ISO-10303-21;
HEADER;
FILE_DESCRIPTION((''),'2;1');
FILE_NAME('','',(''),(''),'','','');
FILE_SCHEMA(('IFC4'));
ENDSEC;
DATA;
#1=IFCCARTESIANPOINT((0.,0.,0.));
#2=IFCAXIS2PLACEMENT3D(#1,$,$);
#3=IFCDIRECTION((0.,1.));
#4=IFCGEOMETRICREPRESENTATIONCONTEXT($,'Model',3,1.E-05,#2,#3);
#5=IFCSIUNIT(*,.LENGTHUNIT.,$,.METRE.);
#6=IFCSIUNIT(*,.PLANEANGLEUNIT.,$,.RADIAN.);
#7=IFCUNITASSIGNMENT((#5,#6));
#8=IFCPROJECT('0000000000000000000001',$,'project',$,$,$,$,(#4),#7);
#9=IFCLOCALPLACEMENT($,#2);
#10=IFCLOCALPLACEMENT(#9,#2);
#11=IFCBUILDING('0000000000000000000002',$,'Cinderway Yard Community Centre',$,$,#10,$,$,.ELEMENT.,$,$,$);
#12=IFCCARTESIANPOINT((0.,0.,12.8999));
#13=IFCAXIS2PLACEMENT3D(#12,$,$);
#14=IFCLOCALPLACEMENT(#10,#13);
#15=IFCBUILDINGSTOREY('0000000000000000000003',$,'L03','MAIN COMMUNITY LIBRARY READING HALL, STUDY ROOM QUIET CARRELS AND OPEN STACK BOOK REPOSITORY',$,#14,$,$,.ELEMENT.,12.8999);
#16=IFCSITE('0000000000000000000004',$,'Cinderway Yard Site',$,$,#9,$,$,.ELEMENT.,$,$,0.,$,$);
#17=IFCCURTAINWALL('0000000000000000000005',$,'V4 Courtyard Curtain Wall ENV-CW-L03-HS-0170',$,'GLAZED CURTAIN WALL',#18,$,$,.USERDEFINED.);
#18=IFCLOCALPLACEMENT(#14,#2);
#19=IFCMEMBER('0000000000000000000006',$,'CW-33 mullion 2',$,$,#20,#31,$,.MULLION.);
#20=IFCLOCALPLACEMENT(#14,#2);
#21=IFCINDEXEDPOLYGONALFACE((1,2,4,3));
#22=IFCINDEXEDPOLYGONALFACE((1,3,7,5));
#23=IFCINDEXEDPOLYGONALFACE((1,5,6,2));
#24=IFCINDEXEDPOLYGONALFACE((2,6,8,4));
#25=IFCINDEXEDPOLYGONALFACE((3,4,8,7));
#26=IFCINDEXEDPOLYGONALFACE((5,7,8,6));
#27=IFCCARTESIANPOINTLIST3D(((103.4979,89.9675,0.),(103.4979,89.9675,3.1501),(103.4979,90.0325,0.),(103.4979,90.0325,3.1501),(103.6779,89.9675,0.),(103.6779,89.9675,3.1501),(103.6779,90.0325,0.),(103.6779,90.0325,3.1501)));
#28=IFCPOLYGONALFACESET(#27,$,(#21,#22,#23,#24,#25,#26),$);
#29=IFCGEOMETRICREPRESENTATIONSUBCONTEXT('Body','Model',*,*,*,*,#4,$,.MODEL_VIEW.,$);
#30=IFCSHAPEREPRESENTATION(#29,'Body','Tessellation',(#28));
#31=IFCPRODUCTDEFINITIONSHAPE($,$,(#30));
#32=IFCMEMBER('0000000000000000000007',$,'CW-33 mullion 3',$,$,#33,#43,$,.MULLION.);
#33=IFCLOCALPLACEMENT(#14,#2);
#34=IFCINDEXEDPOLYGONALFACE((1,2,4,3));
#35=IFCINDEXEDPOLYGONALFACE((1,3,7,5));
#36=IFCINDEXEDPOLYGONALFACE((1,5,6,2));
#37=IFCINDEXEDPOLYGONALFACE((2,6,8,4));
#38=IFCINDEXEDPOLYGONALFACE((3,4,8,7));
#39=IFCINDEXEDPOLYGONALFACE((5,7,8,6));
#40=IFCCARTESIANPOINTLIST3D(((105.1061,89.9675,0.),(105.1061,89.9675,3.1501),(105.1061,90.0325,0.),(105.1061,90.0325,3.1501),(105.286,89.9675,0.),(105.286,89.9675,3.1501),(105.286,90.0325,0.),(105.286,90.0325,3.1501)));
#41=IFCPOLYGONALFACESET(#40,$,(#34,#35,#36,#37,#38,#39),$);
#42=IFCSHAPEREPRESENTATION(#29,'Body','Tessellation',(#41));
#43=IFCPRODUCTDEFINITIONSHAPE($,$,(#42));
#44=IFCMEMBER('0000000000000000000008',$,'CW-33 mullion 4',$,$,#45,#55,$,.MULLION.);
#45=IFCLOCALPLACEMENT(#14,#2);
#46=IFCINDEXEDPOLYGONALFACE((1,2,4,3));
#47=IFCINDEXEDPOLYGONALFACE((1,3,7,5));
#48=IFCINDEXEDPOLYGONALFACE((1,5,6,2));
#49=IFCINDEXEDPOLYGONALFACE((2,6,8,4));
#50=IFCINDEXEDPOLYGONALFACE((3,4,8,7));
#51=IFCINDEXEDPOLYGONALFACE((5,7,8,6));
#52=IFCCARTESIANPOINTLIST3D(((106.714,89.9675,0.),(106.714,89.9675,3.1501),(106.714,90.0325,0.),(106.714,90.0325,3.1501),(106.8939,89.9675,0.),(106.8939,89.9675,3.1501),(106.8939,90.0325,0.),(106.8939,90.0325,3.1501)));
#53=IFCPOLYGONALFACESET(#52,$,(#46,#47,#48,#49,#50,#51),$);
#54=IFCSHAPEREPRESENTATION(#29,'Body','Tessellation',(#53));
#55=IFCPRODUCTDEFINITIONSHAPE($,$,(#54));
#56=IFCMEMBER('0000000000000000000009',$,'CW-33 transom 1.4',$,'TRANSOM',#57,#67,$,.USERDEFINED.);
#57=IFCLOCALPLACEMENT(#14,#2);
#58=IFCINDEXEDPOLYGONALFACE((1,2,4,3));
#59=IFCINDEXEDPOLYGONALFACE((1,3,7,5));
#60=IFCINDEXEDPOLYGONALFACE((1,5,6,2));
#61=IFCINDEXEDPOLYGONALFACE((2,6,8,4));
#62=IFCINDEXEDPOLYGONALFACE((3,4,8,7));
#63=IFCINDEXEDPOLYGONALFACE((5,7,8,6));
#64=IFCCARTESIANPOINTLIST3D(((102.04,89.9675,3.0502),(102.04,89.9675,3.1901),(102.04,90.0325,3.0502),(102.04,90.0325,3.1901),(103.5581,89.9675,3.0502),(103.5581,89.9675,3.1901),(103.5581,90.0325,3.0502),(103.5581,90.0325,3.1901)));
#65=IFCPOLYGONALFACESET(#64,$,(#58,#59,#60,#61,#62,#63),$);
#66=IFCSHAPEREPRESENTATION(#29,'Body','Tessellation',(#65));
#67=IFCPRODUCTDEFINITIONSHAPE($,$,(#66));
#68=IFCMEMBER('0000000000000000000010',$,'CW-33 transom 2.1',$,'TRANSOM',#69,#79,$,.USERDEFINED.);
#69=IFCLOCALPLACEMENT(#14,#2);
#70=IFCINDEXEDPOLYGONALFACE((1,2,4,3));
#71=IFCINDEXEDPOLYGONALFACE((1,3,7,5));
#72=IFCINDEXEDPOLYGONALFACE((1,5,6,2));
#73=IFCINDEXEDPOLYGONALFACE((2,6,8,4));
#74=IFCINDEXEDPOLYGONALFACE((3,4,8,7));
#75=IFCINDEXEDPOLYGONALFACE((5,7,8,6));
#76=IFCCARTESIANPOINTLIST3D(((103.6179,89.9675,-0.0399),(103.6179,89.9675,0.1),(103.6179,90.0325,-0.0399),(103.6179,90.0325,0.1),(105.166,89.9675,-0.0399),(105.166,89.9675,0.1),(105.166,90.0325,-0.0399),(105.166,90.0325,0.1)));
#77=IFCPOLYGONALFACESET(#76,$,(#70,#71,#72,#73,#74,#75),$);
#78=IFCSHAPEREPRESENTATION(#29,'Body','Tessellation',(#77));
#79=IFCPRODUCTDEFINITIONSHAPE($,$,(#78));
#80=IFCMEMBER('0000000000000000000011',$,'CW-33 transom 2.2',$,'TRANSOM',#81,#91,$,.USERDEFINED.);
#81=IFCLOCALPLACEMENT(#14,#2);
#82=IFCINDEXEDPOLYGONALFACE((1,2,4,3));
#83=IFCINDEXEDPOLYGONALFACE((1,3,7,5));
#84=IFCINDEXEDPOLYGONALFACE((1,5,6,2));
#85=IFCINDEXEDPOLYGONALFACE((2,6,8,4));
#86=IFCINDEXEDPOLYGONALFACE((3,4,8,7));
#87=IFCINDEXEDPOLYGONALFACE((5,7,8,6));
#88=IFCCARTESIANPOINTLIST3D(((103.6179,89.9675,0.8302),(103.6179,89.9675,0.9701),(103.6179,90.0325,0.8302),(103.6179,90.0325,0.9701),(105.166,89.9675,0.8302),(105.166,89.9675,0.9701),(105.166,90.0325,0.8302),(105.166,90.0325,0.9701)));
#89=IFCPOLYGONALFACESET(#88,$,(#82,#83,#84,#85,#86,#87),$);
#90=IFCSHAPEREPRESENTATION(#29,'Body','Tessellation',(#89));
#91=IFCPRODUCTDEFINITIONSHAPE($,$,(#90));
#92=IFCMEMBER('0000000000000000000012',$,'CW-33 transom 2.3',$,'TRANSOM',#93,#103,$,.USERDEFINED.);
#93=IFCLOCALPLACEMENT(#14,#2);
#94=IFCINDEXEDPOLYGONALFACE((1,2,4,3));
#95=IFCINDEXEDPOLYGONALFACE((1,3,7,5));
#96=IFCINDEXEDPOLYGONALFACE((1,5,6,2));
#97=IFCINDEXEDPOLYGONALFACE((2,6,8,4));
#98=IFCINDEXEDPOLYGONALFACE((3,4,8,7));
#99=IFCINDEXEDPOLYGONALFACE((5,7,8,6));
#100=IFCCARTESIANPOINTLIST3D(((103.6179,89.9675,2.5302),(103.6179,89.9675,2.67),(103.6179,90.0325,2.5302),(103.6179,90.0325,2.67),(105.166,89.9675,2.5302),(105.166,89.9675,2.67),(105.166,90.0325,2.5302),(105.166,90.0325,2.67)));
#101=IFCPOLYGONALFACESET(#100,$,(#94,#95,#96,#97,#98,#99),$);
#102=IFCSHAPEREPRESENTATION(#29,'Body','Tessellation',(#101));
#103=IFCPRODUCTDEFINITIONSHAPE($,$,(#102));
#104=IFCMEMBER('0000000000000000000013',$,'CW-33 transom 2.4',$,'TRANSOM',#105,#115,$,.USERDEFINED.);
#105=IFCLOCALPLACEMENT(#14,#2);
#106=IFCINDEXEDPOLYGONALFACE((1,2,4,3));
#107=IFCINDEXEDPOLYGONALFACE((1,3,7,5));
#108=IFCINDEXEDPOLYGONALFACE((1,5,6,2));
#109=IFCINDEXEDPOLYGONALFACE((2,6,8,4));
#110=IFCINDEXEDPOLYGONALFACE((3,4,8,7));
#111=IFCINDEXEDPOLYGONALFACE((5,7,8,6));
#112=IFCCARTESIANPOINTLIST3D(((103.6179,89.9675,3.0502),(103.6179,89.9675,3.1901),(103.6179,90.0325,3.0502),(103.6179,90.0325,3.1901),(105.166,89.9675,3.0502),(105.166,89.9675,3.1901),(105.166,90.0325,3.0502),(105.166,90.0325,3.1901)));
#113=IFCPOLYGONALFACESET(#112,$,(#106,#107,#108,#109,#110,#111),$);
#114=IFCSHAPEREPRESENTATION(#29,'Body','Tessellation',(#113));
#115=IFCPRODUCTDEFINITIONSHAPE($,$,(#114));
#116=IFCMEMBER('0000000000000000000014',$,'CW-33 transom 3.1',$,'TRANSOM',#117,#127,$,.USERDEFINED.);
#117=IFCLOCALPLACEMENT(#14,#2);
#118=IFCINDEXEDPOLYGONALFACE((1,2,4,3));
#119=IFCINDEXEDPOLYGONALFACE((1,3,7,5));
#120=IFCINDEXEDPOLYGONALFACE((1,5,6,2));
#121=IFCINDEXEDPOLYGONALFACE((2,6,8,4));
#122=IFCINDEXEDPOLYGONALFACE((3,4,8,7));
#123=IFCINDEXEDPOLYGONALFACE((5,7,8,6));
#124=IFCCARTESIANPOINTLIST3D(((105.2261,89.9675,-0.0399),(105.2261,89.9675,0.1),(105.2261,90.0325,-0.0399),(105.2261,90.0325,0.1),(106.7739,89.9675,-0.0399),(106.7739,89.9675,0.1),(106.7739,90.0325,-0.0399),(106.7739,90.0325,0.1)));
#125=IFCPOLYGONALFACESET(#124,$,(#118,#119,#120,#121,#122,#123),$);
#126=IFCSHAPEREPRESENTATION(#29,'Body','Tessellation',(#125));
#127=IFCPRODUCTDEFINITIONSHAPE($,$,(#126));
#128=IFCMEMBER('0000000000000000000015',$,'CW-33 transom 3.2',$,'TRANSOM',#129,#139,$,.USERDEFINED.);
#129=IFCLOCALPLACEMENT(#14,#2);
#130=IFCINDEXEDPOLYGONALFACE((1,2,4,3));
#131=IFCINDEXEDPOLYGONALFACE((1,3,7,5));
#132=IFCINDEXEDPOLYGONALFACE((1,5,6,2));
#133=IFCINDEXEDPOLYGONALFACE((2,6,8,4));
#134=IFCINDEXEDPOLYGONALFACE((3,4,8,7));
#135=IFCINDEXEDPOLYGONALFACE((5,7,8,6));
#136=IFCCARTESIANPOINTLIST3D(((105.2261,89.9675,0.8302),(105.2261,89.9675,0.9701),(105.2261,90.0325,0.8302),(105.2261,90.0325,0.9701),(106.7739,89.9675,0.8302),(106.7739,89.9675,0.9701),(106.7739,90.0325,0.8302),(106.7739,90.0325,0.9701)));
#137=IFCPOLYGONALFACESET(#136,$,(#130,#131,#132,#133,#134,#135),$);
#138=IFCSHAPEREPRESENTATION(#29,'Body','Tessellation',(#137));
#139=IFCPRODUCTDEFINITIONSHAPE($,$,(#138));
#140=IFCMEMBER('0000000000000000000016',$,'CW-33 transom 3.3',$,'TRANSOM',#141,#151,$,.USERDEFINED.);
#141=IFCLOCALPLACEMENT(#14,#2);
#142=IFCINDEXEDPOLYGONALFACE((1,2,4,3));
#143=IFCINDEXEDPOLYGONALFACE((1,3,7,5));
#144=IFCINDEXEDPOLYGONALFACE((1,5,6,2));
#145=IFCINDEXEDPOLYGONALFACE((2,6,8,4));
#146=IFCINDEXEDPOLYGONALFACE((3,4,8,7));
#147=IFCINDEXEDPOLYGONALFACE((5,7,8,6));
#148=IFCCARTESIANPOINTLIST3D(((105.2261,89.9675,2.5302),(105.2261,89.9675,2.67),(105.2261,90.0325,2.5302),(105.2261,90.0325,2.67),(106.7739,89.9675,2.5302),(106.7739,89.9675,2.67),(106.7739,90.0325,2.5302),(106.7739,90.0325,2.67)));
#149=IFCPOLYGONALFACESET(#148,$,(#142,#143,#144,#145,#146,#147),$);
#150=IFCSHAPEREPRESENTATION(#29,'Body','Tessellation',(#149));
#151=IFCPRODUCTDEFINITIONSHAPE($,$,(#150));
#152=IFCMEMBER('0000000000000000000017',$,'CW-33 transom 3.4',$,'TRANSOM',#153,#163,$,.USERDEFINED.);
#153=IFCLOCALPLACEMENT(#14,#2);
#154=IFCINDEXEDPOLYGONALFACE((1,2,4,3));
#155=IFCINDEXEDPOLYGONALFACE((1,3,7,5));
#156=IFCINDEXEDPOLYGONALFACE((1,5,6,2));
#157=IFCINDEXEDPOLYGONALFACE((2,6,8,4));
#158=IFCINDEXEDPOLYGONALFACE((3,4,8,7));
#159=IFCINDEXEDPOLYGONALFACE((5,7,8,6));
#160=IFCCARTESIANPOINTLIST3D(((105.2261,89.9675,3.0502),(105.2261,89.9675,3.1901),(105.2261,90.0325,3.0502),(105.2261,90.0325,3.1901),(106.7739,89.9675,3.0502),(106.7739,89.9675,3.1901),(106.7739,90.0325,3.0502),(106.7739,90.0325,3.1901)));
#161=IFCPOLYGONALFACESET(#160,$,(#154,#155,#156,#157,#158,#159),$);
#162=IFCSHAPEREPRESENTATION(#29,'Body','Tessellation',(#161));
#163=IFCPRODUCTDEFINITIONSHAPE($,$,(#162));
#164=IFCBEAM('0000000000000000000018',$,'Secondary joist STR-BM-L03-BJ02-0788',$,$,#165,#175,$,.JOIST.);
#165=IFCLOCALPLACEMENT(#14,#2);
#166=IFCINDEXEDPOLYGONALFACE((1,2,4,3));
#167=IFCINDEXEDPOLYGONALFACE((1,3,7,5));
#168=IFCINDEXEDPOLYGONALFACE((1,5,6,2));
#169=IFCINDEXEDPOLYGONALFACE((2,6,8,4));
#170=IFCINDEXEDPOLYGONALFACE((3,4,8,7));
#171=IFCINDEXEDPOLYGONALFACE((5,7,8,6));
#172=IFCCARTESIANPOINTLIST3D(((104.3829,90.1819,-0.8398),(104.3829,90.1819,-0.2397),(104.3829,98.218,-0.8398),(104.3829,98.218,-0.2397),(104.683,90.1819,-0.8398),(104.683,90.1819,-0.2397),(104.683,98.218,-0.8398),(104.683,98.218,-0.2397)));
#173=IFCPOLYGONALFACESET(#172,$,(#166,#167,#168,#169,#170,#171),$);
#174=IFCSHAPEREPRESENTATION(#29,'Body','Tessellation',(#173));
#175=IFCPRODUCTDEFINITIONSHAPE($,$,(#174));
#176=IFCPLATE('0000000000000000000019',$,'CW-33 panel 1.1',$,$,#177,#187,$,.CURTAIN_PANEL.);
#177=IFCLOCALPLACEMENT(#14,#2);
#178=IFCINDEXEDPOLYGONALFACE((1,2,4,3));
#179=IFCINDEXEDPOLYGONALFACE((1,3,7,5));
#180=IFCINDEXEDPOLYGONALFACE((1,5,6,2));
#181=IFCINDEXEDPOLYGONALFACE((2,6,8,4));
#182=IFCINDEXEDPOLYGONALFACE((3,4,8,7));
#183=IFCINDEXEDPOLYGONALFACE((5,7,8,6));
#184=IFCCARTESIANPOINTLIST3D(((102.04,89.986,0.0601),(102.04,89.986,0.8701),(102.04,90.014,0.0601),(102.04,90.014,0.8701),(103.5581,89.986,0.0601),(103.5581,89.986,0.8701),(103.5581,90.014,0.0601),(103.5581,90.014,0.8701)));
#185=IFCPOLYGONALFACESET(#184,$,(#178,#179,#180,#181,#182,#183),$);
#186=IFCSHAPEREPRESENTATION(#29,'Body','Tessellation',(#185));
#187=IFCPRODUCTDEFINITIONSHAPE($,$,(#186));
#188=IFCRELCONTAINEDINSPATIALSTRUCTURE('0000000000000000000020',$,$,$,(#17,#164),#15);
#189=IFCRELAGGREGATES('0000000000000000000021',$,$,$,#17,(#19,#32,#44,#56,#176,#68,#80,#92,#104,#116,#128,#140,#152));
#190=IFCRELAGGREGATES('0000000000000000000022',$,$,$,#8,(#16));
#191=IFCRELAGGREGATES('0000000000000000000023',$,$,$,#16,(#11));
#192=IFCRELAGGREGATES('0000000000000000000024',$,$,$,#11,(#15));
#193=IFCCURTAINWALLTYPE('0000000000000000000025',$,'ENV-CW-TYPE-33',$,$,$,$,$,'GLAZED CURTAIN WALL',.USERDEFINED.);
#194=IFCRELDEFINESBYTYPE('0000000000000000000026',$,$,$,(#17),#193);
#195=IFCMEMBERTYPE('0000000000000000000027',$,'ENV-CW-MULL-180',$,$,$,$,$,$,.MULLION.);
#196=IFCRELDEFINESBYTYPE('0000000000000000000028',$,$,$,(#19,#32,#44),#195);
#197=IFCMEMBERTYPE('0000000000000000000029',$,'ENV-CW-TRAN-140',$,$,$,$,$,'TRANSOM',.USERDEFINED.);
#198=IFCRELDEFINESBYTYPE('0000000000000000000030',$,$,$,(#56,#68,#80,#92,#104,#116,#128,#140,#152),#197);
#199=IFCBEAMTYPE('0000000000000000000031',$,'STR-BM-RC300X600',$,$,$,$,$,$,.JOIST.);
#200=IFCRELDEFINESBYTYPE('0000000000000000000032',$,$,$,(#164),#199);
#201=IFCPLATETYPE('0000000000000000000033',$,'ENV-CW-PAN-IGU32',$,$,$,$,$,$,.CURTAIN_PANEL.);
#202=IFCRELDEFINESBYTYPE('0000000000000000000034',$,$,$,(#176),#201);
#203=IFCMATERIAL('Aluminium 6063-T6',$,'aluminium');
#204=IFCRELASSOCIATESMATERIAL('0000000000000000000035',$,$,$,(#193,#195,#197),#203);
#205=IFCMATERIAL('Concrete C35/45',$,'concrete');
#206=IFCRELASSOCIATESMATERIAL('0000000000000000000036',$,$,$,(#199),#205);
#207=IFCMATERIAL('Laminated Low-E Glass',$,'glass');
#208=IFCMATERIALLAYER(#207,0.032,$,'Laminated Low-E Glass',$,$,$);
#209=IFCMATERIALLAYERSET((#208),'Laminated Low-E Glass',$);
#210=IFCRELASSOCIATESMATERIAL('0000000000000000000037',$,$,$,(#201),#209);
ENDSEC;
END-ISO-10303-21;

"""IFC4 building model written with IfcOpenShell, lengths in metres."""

from ifc_helpers import new_model, si_unit, direction, frame, origin, origin_2d, place, context, subcontext, project, spatial, rectangle, extrude, material, layer, layer_set, material_profile, profile_set, type_object, element, aggregate, save


model = new_model("IFC4")

# Units and contexts
model_context = context("Model", 3, precision=1e-05, world=origin(), true_north=direction((0.0, 1.0)))
body_context = subcontext(model_context, "Body", "Model", "MODEL_VIEW")
ifc_project = project(units=[si_unit("LENGTHUNIT", "METRE"), si_unit("PLANEANGLEUNIT", "RADIAN")], contexts=[model_context])

# Site, building, storey
site_placement = place(None, origin())
site = spatial("IfcSite", under=ifc_project, at=site_placement, Name="Cinderway Yard Site", CompositionType="ELEMENT", RefElevation=0.0)
building_placement = place(site_placement, origin())
building = spatial("IfcBuilding", under=site, at=building_placement, Name="Cinderway Yard Community Centre", CompositionType="ELEMENT")
storey_placement = place(building_placement, frame((0.0, 0.0, 12.8999)))
storey = spatial("IfcBuildingStorey", under=building, at=storey_placement, Name="L03", Description="MAIN COMMUNITY LIBRARY READING HALL, STUDY ROOM QUIET CARRELS AND OPEN STACK BOOK REPOSITORY", CompositionType="ELEMENT", Elevation=12.8999)

# Curtain wall, members
ifc_material_1 = material(Name="Aluminium 6063-T6", Category="aluminium")
curtain_wall_type = type_object("IfcCurtainWallType", Name="ENV-CW-TYPE-33", ElementType="GLAZED CURTAIN WALL", PredefinedType="USERDEFINED", material=ifc_material_1)
curtain_wall_placement = place(storey_placement, origin())
curtain_wall = element("IfcCurtainWall", 1, at=curtain_wall_placement, inside=storey, type_object=curtain_wall_type, Name="V4 Courtyard Curtain Wall ENV-CW-L03-HS-0170", ObjectType="GLAZED CURTAIN WALL", PredefinedType="USERDEFINED")
ifc_material_profile_1 = material_profile(ifc_material_1, rectangle(XDim=0.0649, YDim=0.1799, at=origin_2d()), Name="Aluminium 6063-T6")
ifc_profile_set_1 = profile_set([ifc_material_profile_1], Name="Aluminium 6063-T6")
member_type_1 = type_object("IfcMemberType", Name="ENV-CW-MULL-180", PredefinedType="MULLION", material=ifc_profile_set_1)
member_1_placement = place(storey_placement, frame((103.5879, 90.0, 0.0), z_axis=(0.0, 0.0, 1.0), x_axis=(0.0, 1.0, 0.0)))
member_1 = element("IfcMember", 2, at=member_1_placement, type_object=member_type_1, Name="CW-33 mullion 2", PredefinedType="MULLION", context=body_context, shape_type="SweptSolid", body=[
    extrude(rectangle(XDim=0.0649, YDim=0.1799, at=origin_2d()), origin(), (0.0, 0.0, 1.0), 3.1501),
])
member_2_placement = place(storey_placement, frame((105.196, 90.0, 0.0), z_axis=(0.0, 0.0, 1.0), x_axis=(0.0, 1.0, 0.0)))
member_2 = element("IfcMember", 3, at=member_2_placement, type_object=member_type_1, Name="CW-33 mullion 3", PredefinedType="MULLION", context=body_context, shape_type="SweptSolid", body=[
    extrude(rectangle(XDim=0.0649, YDim=0.1799, at=origin_2d()), origin(), (0.0, 0.0, 1.0), 3.1501),
])
member_3_placement = place(storey_placement, frame((106.804, 90.0, 0.0), z_axis=(0.0, 0.0, 1.0), x_axis=(0.0, 1.0, 0.0)))
member_3 = element("IfcMember", 4, at=member_3_placement, type_object=member_type_1, Name="CW-33 mullion 4", PredefinedType="MULLION", context=body_context, shape_type="SweptSolid", body=[
    extrude(rectangle(XDim=0.0649, YDim=0.1799, at=origin_2d()), origin(), (0.0, 0.0, 1.0), 3.1501),
])
ifc_material_profile_2 = material_profile(ifc_material_1, rectangle(XDim=0.0649, YDim=0.1399, at=origin_2d()), Name="Aluminium 6063-T6")
ifc_profile_set_2 = profile_set([ifc_material_profile_2], Name="Aluminium 6063-T6")
member_type_2 = type_object("IfcMemberType", Name="ENV-CW-TRAN-140", ElementType="TRANSOM", PredefinedType="USERDEFINED", material=ifc_profile_set_2)
member_4_placement = place(storey_placement, frame((102.04, 90.0, 3.1201), z_axis=(1.0, 0.0, 0.0), x_axis=(0.0, 1.0, 0.0)))
member_4 = element("IfcMember", 5, at=member_4_placement, type_object=member_type_2, Name="CW-33 transom 1.4", ObjectType="TRANSOM", PredefinedType="USERDEFINED", context=body_context, shape_type="SweptSolid", body=[
    extrude(rectangle(XDim=0.0649, YDim=0.1399, at=origin_2d()), origin(), (0.0, 0.0, 1.0), 1.5181),
])
member_5_placement = place(storey_placement, frame((103.6179, 90.0, 0.03), z_axis=(1.0, 0.0, 0.0), x_axis=(0.0, 1.0, 0.0)))
member_5 = element("IfcMember", 6, at=member_5_placement, type_object=member_type_2, Name="CW-33 transom 2.1", ObjectType="TRANSOM", PredefinedType="USERDEFINED", context=body_context, shape_type="SweptSolid", body=[
    extrude(rectangle(XDim=0.0649, YDim=0.1399, at=origin_2d()), origin(), (0.0, 0.0, 1.0), 1.5481),
])
member_6_placement = place(storey_placement, frame((103.6179, 90.0, 0.9001), z_axis=(1.0, 0.0, 0.0), x_axis=(0.0, 1.0, 0.0)))
member_6 = element("IfcMember", 7, at=member_6_placement, type_object=member_type_2, Name="CW-33 transom 2.2", ObjectType="TRANSOM", PredefinedType="USERDEFINED", context=body_context, shape_type="SweptSolid", body=[
    extrude(rectangle(XDim=0.0649, YDim=0.1399, at=origin_2d()), origin(), (0.0, 0.0, 1.0), 1.5481),
])
member_7_placement = place(storey_placement, frame((103.6179, 90.0, 2.6001), z_axis=(1.0, 0.0, 0.0), x_axis=(0.0, 1.0, 0.0)))
member_7 = element("IfcMember", 8, at=member_7_placement, type_object=member_type_2, Name="CW-33 transom 2.3", ObjectType="TRANSOM", PredefinedType="USERDEFINED", context=body_context, shape_type="SweptSolid", body=[
    extrude(rectangle(XDim=0.0649, YDim=0.1399, at=origin_2d()), origin(), (0.0, 0.0, 1.0), 1.5481),
])
member_8_placement = place(storey_placement, frame((103.6179, 90.0, 3.1201), z_axis=(1.0, 0.0, 0.0), x_axis=(0.0, 1.0, 0.0)))
member_8 = element("IfcMember", 9, at=member_8_placement, type_object=member_type_2, Name="CW-33 transom 2.4", ObjectType="TRANSOM", PredefinedType="USERDEFINED", context=body_context, shape_type="SweptSolid", body=[
    extrude(rectangle(XDim=0.0649, YDim=0.1399, at=origin_2d()), origin(), (0.0, 0.0, 1.0), 1.5481),
])
member_9_placement = place(storey_placement, frame((105.2261, 90.0, 0.03), z_axis=(1.0, 0.0, 0.0), x_axis=(0.0, 1.0, 0.0)))
member_9 = element("IfcMember", 10, at=member_9_placement, type_object=member_type_2, Name="CW-33 transom 3.1", ObjectType="TRANSOM", PredefinedType="USERDEFINED", context=body_context, shape_type="SweptSolid", body=[
    extrude(rectangle(XDim=0.0649, YDim=0.1399, at=origin_2d()), origin(), (0.0, 0.0, 1.0), 1.5479),
])
member_10_placement = place(storey_placement, frame((105.2261, 90.0, 0.9001), z_axis=(1.0, 0.0, 0.0), x_axis=(0.0, 1.0, 0.0)))
member_10 = element("IfcMember", 11, at=member_10_placement, type_object=member_type_2, Name="CW-33 transom 3.2", ObjectType="TRANSOM", PredefinedType="USERDEFINED", context=body_context, shape_type="SweptSolid", body=[
    extrude(rectangle(XDim=0.0649, YDim=0.1399, at=origin_2d()), origin(), (0.0, 0.0, 1.0), 1.5479),
])
member_11_placement = place(storey_placement, frame((105.2261, 90.0, 2.6001), z_axis=(1.0, 0.0, 0.0), x_axis=(0.0, 1.0, 0.0)))
member_11 = element("IfcMember", 12, at=member_11_placement, type_object=member_type_2, Name="CW-33 transom 3.3", ObjectType="TRANSOM", PredefinedType="USERDEFINED", context=body_context, shape_type="SweptSolid", body=[
    extrude(rectangle(XDim=0.0649, YDim=0.1399, at=origin_2d()), origin(), (0.0, 0.0, 1.0), 1.5479),
])
member_12_placement = place(storey_placement, frame((105.2261, 90.0, 3.1201), z_axis=(1.0, 0.0, 0.0), x_axis=(0.0, 1.0, 0.0)))
member_12 = element("IfcMember", 13, at=member_12_placement, type_object=member_type_2, Name="CW-33 transom 3.4", ObjectType="TRANSOM", PredefinedType="USERDEFINED", context=body_context, shape_type="SweptSolid", body=[
    extrude(rectangle(XDim=0.0649, YDim=0.1399, at=origin_2d()), origin(), (0.0, 0.0, 1.0), 1.5479),
])

# Beam
ifc_material_2 = material(Name="Concrete C35/45", Category="concrete")
ifc_material_profile_3 = material_profile(ifc_material_2, rectangle(XDim=0.3, YDim=0.6001, at=origin_2d()), Name="Concrete C35/45")
ifc_profile_set_3 = profile_set([ifc_material_profile_3], Name="Concrete C35/45")
beam_type = type_object("IfcBeamType", Name="STR-BM-RC300X600", PredefinedType="JOIST", material=ifc_profile_set_3)
beam_placement = place(storey_placement, frame((104.533, 90.1819, -0.5398), z_axis=(0.0, 1.0, 0.0), x_axis=(-1.0, 0.0, 0.0)))
element("IfcBeam", 14, at=beam_placement, inside=storey, type_object=beam_type, Name="Secondary joist STR-BM-L03-BJ02-0788", PredefinedType="JOIST", context=body_context, shape_type="SweptSolid", body=[
    extrude(rectangle(XDim=0.3, YDim=0.6001, at=origin_2d()), origin(), (0.0, 0.0, 1.0), 8.0361),
])

# Plate
ifc_material_3 = material(Name="Laminated Low-E Glass", Category="glass")
ifc_layer = layer(ifc_material_3, 0.032, Name="Laminated Low-E Glass")
ifc_layer_set = layer_set([ifc_layer], Name="Laminated Low-E Glass")
plate_type = type_object("IfcPlateType", Name="ENV-CW-PAN-IGU32", PredefinedType="CURTAIN_PANEL", material=ifc_layer_set)
plate_1_placement = place(storey_placement, frame((102.7991, 90.0, 0.0601), z_axis=(0.0, 0.0, 1.0), x_axis=(1.0, 0.0, 0.0)))
plate_1 = element("IfcPlate", 15, at=plate_1_placement, type_object=plate_type, Name="CW-33 panel 1.1", PredefinedType="CURTAIN_PANEL", context=body_context, shape_type="SweptSolid", body=[
    extrude(rectangle(XDim=1.5181, YDim=0.0281, at=origin_2d()), origin(), (0.0, 0.0, 1.0), 0.8101),
])
aggregate(curtain_wall, [member_1, member_2, member_3, member_4, plate_1, member_5, member_6, member_7, member_8, member_9, member_10, member_11, member_12])

save(model, "model.ifc")
